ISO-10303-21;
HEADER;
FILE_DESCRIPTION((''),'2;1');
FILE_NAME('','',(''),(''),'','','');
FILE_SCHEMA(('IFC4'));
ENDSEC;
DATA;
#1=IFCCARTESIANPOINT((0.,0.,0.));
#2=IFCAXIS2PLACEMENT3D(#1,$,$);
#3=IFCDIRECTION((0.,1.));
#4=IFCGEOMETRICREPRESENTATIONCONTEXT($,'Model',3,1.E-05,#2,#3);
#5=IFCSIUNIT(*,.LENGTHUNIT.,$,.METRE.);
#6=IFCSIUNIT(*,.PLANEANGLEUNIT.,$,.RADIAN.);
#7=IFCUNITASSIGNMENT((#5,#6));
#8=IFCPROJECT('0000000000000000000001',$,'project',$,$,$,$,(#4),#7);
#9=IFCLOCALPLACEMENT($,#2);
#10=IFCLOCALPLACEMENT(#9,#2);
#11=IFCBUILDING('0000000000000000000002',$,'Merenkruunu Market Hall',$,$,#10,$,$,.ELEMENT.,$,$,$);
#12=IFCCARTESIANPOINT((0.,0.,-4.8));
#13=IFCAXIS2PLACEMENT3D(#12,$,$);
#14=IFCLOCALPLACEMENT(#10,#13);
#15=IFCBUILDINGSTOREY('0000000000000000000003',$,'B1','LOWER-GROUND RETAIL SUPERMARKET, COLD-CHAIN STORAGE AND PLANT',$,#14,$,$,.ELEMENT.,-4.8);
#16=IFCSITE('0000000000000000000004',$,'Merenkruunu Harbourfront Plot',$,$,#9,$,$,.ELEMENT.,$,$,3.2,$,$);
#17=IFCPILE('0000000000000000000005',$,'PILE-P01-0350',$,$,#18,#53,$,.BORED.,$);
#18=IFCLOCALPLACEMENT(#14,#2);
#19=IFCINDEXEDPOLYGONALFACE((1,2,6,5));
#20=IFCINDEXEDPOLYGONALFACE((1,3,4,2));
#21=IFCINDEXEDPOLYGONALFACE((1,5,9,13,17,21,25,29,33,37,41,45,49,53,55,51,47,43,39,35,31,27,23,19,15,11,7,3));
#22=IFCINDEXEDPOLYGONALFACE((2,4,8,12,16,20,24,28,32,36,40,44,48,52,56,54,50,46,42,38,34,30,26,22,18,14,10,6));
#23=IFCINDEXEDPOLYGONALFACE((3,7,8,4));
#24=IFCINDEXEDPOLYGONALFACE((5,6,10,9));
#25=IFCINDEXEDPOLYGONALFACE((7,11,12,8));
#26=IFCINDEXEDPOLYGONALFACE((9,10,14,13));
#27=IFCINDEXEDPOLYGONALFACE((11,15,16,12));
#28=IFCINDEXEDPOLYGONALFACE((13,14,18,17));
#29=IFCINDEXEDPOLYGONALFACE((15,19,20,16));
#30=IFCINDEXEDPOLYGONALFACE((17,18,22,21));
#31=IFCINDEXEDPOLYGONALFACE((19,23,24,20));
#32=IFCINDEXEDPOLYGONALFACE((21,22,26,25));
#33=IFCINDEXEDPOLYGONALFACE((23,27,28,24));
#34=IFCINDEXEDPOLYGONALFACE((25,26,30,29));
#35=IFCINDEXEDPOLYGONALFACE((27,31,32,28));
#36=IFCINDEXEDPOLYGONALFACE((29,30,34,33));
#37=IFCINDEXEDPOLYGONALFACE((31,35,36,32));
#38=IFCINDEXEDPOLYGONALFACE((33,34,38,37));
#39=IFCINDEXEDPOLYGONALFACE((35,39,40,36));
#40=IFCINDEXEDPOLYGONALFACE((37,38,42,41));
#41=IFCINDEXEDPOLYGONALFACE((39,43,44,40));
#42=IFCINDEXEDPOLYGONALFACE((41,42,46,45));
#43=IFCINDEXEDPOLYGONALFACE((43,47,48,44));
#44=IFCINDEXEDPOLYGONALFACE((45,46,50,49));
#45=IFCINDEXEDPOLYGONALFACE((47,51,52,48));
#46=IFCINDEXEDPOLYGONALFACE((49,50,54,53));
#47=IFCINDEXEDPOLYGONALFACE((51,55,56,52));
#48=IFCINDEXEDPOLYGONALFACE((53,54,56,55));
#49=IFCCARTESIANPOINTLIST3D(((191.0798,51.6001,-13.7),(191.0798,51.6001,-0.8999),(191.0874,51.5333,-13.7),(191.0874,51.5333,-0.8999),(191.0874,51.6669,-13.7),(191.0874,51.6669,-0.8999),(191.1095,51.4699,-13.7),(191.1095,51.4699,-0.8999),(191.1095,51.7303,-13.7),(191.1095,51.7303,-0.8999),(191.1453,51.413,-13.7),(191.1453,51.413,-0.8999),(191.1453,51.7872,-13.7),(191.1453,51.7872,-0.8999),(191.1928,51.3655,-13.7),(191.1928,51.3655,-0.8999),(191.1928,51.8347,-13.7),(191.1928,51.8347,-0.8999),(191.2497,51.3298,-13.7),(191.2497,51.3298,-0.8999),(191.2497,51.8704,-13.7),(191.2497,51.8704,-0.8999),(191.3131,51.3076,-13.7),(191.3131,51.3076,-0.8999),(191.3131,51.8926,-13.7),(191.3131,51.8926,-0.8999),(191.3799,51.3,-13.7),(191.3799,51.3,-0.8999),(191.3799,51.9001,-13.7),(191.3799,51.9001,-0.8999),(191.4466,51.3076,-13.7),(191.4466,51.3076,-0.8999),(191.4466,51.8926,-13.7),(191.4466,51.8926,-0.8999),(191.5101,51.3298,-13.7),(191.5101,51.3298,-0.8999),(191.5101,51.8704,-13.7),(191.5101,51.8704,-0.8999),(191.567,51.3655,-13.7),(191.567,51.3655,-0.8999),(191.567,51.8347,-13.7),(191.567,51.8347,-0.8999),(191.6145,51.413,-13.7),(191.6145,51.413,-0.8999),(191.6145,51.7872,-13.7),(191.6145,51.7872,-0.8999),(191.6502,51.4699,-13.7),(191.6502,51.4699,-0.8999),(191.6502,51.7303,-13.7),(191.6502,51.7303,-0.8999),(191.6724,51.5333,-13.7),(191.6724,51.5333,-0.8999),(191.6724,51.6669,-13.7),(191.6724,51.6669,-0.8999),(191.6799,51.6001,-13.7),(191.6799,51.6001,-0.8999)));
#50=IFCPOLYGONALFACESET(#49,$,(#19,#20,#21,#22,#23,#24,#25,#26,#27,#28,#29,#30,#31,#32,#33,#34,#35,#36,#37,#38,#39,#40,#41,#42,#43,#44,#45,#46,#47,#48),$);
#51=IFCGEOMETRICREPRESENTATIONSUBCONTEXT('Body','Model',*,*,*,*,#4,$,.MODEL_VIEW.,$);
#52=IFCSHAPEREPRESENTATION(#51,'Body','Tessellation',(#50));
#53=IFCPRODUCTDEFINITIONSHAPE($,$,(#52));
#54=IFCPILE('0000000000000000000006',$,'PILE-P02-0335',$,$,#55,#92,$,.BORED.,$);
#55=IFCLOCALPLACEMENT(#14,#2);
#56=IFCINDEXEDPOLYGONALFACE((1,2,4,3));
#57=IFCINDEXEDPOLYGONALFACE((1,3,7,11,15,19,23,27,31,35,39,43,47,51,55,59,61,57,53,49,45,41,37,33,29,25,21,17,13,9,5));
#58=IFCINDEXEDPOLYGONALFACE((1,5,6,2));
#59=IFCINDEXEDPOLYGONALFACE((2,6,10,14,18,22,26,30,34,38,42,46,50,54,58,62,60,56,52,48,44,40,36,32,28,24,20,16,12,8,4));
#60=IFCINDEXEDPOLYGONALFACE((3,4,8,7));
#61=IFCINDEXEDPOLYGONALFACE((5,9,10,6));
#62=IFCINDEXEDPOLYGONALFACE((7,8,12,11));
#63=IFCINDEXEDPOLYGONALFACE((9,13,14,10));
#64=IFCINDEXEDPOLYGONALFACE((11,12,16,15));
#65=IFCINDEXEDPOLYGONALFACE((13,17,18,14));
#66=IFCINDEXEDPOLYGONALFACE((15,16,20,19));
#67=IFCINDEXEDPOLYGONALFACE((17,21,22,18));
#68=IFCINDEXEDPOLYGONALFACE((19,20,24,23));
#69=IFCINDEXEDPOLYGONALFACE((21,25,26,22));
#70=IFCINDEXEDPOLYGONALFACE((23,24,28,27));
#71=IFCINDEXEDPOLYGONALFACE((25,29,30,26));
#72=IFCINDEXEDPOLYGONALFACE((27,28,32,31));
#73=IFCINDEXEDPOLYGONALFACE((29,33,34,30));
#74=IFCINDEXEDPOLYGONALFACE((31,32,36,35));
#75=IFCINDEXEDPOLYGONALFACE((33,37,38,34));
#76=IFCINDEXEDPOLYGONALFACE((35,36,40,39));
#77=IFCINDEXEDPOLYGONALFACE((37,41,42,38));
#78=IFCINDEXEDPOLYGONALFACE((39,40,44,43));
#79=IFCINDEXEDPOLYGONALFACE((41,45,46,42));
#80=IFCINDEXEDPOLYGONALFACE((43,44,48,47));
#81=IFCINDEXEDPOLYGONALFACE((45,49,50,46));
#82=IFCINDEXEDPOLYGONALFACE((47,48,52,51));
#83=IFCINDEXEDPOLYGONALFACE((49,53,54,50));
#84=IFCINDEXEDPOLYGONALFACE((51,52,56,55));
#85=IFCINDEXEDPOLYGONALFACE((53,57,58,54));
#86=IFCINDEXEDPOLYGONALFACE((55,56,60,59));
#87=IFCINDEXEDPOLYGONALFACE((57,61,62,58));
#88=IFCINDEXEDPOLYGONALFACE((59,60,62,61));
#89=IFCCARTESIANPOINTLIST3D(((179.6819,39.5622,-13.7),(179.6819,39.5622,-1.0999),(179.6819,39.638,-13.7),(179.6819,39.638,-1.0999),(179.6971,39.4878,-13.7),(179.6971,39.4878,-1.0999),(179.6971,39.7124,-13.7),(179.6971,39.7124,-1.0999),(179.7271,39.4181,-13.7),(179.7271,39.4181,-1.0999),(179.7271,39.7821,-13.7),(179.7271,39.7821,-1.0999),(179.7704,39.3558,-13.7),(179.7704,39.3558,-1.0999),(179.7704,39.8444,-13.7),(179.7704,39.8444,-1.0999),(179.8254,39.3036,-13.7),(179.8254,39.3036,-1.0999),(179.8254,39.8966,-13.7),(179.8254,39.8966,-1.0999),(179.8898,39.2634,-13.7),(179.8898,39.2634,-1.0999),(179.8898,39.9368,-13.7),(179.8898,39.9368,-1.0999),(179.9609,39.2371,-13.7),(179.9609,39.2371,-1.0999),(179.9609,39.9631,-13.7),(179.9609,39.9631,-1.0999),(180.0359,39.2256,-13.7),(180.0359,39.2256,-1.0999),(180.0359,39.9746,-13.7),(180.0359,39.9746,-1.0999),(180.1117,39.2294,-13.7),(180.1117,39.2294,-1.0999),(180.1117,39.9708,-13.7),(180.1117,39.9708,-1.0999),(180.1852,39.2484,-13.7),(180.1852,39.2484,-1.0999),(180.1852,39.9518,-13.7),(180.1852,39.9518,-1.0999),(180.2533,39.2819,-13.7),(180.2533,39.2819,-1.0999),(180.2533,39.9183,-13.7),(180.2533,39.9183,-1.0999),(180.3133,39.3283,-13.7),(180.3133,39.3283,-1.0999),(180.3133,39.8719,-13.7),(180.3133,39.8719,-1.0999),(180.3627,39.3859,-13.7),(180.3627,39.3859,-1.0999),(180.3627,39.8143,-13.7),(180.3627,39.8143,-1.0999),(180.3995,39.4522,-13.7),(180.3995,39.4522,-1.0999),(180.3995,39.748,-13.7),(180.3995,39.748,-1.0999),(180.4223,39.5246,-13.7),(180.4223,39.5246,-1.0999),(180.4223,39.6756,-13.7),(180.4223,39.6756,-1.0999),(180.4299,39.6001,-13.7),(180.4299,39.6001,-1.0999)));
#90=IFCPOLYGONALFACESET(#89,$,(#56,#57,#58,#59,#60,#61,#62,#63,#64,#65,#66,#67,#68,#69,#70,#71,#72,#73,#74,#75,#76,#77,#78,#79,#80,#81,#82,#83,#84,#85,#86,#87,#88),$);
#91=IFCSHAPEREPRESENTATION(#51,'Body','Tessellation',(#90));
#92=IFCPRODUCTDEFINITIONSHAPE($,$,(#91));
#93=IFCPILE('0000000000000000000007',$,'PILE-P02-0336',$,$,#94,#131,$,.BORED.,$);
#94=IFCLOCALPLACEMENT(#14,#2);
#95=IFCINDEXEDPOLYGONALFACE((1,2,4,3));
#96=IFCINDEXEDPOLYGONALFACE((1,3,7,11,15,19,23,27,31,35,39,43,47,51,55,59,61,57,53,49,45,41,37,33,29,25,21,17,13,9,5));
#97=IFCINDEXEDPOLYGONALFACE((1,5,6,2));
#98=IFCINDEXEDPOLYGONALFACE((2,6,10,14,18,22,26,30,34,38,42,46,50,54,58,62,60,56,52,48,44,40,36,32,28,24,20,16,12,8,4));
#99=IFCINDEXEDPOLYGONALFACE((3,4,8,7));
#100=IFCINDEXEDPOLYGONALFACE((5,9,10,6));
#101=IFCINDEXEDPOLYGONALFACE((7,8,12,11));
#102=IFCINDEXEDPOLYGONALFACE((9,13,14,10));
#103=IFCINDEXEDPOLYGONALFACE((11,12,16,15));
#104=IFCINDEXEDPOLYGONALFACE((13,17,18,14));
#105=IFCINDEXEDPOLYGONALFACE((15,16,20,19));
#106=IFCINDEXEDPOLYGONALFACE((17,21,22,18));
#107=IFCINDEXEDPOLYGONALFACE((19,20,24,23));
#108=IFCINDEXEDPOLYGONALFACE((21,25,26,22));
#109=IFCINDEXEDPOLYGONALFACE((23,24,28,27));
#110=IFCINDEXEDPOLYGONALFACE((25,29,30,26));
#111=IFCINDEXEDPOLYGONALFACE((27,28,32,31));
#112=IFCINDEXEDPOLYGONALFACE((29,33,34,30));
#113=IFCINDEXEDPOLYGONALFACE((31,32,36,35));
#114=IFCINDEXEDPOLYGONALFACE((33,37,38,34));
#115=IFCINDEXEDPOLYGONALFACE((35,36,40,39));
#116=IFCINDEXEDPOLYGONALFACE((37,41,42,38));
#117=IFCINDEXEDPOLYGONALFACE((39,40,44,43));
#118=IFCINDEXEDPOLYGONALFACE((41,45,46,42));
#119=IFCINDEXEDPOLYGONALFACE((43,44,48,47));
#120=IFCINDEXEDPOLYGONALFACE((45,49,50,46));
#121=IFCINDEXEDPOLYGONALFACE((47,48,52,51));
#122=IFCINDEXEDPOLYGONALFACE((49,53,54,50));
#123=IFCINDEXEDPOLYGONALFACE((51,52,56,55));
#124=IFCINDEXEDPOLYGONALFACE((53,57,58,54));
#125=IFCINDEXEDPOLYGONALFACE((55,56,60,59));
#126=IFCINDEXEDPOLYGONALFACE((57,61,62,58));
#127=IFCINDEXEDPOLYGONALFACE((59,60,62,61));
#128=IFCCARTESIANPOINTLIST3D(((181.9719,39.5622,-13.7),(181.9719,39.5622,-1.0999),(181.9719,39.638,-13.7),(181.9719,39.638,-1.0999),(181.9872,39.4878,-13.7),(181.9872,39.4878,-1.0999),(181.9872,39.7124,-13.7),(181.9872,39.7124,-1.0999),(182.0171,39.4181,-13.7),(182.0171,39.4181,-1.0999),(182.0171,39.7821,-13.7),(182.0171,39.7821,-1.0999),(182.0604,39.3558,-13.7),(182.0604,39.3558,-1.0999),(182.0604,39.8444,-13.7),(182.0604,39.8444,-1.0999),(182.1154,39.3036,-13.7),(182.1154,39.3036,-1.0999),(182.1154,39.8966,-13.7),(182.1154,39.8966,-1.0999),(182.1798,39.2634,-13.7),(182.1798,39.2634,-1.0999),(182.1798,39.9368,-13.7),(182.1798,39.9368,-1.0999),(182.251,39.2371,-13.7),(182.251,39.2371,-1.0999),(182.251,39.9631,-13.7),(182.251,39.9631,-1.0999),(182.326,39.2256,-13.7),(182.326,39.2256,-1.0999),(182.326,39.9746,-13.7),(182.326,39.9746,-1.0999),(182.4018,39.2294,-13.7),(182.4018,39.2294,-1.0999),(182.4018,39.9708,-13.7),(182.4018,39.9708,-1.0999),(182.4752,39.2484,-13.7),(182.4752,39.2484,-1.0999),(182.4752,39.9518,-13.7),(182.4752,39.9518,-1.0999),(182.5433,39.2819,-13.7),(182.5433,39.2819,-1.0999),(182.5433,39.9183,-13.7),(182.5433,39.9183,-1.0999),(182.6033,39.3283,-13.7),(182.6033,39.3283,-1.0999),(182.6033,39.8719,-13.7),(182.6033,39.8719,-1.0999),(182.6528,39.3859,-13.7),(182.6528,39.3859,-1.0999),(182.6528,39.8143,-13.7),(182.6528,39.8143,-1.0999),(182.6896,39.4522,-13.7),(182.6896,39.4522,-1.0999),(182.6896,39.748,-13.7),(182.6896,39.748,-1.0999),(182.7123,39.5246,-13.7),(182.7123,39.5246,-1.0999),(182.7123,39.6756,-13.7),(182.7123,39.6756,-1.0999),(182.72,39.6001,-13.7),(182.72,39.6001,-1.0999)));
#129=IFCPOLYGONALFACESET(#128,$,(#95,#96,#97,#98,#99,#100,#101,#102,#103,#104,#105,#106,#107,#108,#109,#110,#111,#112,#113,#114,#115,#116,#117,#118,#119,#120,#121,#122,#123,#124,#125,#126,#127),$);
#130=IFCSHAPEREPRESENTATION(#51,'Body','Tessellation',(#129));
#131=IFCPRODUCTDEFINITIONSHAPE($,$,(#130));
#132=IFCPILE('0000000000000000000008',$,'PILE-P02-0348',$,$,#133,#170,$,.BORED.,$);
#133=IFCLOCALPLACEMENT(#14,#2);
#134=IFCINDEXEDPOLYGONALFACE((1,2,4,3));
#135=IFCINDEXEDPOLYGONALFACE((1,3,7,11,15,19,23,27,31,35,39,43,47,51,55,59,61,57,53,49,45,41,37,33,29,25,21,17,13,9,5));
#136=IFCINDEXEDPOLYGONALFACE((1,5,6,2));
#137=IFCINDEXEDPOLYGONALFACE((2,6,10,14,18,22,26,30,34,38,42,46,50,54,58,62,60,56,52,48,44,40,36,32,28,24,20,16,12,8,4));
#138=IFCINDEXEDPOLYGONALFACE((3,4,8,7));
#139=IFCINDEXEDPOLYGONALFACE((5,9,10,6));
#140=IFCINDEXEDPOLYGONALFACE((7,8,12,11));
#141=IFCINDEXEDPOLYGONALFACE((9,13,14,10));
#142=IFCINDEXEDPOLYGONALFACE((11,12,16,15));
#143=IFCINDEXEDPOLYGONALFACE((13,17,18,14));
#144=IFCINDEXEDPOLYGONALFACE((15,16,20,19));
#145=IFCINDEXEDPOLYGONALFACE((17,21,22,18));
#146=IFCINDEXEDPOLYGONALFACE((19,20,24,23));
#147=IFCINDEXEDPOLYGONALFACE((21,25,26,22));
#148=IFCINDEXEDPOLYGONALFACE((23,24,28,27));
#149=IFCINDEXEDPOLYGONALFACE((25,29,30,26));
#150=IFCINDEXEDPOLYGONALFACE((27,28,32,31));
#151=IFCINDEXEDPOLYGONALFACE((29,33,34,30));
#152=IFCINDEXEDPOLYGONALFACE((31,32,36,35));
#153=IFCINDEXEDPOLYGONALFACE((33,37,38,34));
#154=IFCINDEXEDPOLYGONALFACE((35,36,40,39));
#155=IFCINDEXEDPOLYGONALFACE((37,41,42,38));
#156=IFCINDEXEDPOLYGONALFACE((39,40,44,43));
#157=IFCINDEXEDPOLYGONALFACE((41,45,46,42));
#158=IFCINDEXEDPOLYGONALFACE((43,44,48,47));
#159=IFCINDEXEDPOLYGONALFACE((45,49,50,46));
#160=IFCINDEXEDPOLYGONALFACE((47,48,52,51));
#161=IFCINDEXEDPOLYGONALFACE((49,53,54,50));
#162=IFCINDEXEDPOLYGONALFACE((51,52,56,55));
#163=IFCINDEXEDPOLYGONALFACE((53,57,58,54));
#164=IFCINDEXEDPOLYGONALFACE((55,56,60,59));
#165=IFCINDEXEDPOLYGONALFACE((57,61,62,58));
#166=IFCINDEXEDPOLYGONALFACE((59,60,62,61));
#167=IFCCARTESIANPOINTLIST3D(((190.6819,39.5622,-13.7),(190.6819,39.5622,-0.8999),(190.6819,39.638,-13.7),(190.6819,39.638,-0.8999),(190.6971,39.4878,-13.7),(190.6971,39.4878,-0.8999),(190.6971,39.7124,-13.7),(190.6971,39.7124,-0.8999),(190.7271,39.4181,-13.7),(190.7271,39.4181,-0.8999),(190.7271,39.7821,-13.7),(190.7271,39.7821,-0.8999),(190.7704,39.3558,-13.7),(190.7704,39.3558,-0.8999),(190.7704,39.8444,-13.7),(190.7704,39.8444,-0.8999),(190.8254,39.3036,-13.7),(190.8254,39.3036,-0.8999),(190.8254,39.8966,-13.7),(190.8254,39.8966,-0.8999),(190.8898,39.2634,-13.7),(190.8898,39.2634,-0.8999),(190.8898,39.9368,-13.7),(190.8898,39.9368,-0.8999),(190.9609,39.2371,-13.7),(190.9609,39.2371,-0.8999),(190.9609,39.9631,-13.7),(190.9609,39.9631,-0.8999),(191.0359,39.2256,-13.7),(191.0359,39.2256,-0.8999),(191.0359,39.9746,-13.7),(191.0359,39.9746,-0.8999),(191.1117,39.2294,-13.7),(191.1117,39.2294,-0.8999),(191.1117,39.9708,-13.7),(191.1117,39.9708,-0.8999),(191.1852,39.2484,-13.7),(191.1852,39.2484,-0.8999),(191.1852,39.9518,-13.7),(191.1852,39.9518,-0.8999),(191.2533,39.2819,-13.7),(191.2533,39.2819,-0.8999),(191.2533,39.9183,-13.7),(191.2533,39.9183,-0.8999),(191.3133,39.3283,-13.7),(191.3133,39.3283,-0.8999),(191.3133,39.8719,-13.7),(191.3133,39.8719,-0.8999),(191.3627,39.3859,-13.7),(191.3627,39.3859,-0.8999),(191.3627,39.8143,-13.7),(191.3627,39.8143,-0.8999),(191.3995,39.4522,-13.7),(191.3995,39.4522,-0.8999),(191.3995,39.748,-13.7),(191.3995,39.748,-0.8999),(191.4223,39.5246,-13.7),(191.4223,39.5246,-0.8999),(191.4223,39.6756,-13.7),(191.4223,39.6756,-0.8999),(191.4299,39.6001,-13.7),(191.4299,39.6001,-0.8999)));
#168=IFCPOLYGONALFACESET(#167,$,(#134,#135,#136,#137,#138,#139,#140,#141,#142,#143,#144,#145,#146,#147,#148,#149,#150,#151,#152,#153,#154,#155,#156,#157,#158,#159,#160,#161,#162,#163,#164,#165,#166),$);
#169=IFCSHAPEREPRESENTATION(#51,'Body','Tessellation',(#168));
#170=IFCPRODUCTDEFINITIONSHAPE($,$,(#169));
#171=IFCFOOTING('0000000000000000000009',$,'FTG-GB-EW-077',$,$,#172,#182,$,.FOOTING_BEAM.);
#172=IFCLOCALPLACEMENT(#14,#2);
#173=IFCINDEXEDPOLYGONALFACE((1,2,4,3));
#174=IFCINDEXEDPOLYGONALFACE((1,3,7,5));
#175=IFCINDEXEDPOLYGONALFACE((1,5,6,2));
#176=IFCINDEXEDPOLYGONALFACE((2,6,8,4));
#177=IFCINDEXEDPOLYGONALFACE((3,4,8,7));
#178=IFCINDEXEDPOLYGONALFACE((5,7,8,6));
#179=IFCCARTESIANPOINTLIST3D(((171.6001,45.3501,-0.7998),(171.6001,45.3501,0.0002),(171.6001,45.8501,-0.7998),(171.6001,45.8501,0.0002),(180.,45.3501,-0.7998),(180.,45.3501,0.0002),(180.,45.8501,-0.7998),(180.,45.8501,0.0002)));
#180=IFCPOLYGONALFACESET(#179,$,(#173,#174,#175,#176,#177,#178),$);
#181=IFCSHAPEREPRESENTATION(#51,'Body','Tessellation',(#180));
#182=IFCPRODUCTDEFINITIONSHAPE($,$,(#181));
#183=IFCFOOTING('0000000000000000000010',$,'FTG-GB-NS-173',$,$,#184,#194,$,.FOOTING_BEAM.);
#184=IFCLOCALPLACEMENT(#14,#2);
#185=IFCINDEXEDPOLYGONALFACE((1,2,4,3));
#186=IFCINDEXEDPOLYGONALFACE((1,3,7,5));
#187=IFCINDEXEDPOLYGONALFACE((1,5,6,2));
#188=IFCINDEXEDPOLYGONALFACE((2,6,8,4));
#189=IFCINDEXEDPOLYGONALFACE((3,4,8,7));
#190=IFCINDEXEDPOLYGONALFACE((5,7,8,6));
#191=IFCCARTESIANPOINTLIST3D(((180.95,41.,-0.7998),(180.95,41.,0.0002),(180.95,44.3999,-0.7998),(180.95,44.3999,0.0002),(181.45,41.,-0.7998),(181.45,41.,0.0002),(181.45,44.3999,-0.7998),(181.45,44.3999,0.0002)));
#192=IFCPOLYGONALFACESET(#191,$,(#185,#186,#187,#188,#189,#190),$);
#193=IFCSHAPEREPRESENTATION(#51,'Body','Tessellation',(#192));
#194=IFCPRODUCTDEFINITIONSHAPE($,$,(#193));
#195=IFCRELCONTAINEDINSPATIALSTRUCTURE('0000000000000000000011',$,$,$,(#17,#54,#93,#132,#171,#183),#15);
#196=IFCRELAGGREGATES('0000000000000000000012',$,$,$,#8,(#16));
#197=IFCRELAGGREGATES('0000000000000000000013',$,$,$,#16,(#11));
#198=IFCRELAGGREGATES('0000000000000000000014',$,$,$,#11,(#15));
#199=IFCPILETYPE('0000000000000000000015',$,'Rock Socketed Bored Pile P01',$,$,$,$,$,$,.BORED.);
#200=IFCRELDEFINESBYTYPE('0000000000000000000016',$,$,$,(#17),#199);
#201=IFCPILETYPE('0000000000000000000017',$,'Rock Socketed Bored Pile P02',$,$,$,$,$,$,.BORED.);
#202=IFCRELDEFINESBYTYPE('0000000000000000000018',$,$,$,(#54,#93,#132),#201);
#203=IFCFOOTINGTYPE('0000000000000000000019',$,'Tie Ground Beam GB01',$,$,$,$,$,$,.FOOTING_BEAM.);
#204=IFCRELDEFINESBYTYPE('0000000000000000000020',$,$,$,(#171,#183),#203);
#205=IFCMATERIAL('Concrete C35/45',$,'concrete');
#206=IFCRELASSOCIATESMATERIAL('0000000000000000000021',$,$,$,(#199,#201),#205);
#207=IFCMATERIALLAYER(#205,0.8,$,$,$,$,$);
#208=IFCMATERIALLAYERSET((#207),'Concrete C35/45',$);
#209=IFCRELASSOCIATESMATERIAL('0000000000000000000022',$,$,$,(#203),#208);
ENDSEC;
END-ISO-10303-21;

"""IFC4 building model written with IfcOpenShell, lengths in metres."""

from ifc_helpers import new_model, si_unit, direction, frame, origin, origin_2d, place, context, subcontext, project, spatial, rectangle, circle, extrude, material, layer, layer_set, material_profile, profile_set, type_object, element, save


model = new_model("IFC4")

# Units and contexts
model_context = context("Model", 3, precision=1e-05, world=origin(), true_north=direction((0.0, 1.0)))
body_context = subcontext(model_context, "Body", "Model", "MODEL_VIEW")
ifc_project = project(units=[si_unit("LENGTHUNIT", "METRE"), si_unit("PLANEANGLEUNIT", "RADIAN")], contexts=[model_context])

# Site, building, storey
site_placement = place(None, origin())
site = spatial("IfcSite", under=ifc_project, at=site_placement, Name="Merenkruunu Harbourfront Plot", CompositionType="ELEMENT", RefElevation=3.2)
building_placement = place(site_placement, origin())
building = spatial("IfcBuilding", under=site, at=building_placement, Name="Merenkruunu Market Hall", CompositionType="ELEMENT")
storey_placement = place(building_placement, frame((0.0, 0.0, -4.8)))
storey = spatial("IfcBuildingStorey", under=building, at=storey_placement, Name="B1", Description="LOWER-GROUND RETAIL SUPERMARKET, COLD-CHAIN STORAGE AND PLANT", CompositionType="ELEMENT", Elevation=-4.8)

# Shared definitions
ifc_material = material(Name="Concrete C35/45", Category="concrete")

# Piles
ifc_material_profile_1 = material_profile(ifc_material, circle(Radius=0.3, at=origin_2d()), Name="BORED PILE 600")
ifc_profile_set_1 = profile_set([ifc_material_profile_1], Name="Concrete C35/45")
pile_type_1 = type_object("IfcPileType", Name="Rock Socketed Bored Pile P01", PredefinedType="BORED", material=ifc_profile_set_1)
for number, where, z_axis, x_axis, name in (
    (1, (191.3799, 51.6001, -0.8999), (0.0, 0.0, -1.0), (1.0, 0.0, 0.0), "PILE-P01-0350"),
):
    element("IfcPile", number, at=place(storey_placement, frame(where, z_axis=z_axis, x_axis=x_axis)), inside=storey, type_object=pile_type_1, Name=name, PredefinedType="BORED", context=body_context, shape_type="SweptSolid", body=[
        extrude(circle(Radius=0.3, at=origin_2d()), origin(), (0.0, 0.0, 1.0), 12.8),
    ])
ifc_material_profile_2 = material_profile(ifc_material, circle(Radius=0.375, at=origin_2d()), Name="BORED PILE 750")
ifc_profile_set_2 = profile_set([ifc_material_profile_2], Name="Concrete C35/45")
pile_type_2 = type_object("IfcPileType", Name="Rock Socketed Bored Pile P02", PredefinedType="BORED", material=ifc_profile_set_2)
for number, where, z_axis, x_axis, name in (
    (2, (180.0549, 39.6001, -1.0999), (0.0, 0.0, -1.0), (1.0, 0.0, 0.0), "PILE-P02-0335"),
    (3, (182.345, 39.6001, -1.0999), (0.0, 0.0, -1.0), (1.0, 0.0, 0.0), "PILE-P02-0336"),
):
    element("IfcPile", number, at=place(storey_placement, frame(where, z_axis=z_axis, x_axis=x_axis)), inside=storey, type_object=pile_type_2, Name=name, PredefinedType="BORED", context=body_context, shape_type="SweptSolid", body=[
        extrude(circle(Radius=0.375, at=origin_2d()), origin(), (0.0, 0.0, 1.0), 12.6001),
    ])
pile_placement = place(storey_placement, frame((191.0549, 39.6001, -0.8999), z_axis=(0.0, 0.0, -1.0), x_axis=(1.0, 0.0, 0.0)))
element("IfcPile", 4, at=pile_placement, inside=storey, type_object=pile_type_2, Name="PILE-P02-0348", PredefinedType="BORED", context=body_context, shape_type="SweptSolid", body=[
    extrude(circle(Radius=0.375, at=origin_2d()), origin(), (0.0, 0.0, 1.0), 12.8),
])

# Footings
ifc_layer_1 = layer(ifc_material, 0.8)
ifc_layer_set_1 = layer_set([ifc_layer_1], Name="Concrete C35/45")
footing_type_1 = type_object("IfcFootingType", Name="Tie Ground Beam GB01", PredefinedType="FOOTING_BEAM", material=ifc_layer_set_1)
footing_1_placement = place(storey_placement, frame((175.8, 45.6001, -0.7998), z_axis=(0.0, 0.0, 1.0), x_axis=(1.0, 0.0, 0.0)))
element("IfcFooting", 5, at=footing_1_placement, inside=storey, type_object=footing_type_1, Name="FTG-GB-EW-077", PredefinedType="FOOTING_BEAM", context=body_context, shape_type="SweptSolid", body=[
    extrude(rectangle(XDim=8.3999, YDim=0.5, at=origin_2d()), origin(), (0.0, 0.0, 1.0), 0.8),
])
footing_2_placement = place(storey_placement, frame((181.2, 42.7, -0.7998), z_axis=(0.0, 0.0, 1.0), x_axis=(0.0, 1.0, 0.0)))
element("IfcFooting", 6, at=footing_2_placement, inside=storey, type_object=footing_type_1, Name="FTG-GB-NS-173", PredefinedType="FOOTING_BEAM", context=body_context, shape_type="SweptSolid", body=[
    extrude(rectangle(XDim=3.3999, YDim=0.5, at=origin_2d()), origin(), (0.0, 0.0, 1.0), 0.8),
])

save(model, "model.ifc")
